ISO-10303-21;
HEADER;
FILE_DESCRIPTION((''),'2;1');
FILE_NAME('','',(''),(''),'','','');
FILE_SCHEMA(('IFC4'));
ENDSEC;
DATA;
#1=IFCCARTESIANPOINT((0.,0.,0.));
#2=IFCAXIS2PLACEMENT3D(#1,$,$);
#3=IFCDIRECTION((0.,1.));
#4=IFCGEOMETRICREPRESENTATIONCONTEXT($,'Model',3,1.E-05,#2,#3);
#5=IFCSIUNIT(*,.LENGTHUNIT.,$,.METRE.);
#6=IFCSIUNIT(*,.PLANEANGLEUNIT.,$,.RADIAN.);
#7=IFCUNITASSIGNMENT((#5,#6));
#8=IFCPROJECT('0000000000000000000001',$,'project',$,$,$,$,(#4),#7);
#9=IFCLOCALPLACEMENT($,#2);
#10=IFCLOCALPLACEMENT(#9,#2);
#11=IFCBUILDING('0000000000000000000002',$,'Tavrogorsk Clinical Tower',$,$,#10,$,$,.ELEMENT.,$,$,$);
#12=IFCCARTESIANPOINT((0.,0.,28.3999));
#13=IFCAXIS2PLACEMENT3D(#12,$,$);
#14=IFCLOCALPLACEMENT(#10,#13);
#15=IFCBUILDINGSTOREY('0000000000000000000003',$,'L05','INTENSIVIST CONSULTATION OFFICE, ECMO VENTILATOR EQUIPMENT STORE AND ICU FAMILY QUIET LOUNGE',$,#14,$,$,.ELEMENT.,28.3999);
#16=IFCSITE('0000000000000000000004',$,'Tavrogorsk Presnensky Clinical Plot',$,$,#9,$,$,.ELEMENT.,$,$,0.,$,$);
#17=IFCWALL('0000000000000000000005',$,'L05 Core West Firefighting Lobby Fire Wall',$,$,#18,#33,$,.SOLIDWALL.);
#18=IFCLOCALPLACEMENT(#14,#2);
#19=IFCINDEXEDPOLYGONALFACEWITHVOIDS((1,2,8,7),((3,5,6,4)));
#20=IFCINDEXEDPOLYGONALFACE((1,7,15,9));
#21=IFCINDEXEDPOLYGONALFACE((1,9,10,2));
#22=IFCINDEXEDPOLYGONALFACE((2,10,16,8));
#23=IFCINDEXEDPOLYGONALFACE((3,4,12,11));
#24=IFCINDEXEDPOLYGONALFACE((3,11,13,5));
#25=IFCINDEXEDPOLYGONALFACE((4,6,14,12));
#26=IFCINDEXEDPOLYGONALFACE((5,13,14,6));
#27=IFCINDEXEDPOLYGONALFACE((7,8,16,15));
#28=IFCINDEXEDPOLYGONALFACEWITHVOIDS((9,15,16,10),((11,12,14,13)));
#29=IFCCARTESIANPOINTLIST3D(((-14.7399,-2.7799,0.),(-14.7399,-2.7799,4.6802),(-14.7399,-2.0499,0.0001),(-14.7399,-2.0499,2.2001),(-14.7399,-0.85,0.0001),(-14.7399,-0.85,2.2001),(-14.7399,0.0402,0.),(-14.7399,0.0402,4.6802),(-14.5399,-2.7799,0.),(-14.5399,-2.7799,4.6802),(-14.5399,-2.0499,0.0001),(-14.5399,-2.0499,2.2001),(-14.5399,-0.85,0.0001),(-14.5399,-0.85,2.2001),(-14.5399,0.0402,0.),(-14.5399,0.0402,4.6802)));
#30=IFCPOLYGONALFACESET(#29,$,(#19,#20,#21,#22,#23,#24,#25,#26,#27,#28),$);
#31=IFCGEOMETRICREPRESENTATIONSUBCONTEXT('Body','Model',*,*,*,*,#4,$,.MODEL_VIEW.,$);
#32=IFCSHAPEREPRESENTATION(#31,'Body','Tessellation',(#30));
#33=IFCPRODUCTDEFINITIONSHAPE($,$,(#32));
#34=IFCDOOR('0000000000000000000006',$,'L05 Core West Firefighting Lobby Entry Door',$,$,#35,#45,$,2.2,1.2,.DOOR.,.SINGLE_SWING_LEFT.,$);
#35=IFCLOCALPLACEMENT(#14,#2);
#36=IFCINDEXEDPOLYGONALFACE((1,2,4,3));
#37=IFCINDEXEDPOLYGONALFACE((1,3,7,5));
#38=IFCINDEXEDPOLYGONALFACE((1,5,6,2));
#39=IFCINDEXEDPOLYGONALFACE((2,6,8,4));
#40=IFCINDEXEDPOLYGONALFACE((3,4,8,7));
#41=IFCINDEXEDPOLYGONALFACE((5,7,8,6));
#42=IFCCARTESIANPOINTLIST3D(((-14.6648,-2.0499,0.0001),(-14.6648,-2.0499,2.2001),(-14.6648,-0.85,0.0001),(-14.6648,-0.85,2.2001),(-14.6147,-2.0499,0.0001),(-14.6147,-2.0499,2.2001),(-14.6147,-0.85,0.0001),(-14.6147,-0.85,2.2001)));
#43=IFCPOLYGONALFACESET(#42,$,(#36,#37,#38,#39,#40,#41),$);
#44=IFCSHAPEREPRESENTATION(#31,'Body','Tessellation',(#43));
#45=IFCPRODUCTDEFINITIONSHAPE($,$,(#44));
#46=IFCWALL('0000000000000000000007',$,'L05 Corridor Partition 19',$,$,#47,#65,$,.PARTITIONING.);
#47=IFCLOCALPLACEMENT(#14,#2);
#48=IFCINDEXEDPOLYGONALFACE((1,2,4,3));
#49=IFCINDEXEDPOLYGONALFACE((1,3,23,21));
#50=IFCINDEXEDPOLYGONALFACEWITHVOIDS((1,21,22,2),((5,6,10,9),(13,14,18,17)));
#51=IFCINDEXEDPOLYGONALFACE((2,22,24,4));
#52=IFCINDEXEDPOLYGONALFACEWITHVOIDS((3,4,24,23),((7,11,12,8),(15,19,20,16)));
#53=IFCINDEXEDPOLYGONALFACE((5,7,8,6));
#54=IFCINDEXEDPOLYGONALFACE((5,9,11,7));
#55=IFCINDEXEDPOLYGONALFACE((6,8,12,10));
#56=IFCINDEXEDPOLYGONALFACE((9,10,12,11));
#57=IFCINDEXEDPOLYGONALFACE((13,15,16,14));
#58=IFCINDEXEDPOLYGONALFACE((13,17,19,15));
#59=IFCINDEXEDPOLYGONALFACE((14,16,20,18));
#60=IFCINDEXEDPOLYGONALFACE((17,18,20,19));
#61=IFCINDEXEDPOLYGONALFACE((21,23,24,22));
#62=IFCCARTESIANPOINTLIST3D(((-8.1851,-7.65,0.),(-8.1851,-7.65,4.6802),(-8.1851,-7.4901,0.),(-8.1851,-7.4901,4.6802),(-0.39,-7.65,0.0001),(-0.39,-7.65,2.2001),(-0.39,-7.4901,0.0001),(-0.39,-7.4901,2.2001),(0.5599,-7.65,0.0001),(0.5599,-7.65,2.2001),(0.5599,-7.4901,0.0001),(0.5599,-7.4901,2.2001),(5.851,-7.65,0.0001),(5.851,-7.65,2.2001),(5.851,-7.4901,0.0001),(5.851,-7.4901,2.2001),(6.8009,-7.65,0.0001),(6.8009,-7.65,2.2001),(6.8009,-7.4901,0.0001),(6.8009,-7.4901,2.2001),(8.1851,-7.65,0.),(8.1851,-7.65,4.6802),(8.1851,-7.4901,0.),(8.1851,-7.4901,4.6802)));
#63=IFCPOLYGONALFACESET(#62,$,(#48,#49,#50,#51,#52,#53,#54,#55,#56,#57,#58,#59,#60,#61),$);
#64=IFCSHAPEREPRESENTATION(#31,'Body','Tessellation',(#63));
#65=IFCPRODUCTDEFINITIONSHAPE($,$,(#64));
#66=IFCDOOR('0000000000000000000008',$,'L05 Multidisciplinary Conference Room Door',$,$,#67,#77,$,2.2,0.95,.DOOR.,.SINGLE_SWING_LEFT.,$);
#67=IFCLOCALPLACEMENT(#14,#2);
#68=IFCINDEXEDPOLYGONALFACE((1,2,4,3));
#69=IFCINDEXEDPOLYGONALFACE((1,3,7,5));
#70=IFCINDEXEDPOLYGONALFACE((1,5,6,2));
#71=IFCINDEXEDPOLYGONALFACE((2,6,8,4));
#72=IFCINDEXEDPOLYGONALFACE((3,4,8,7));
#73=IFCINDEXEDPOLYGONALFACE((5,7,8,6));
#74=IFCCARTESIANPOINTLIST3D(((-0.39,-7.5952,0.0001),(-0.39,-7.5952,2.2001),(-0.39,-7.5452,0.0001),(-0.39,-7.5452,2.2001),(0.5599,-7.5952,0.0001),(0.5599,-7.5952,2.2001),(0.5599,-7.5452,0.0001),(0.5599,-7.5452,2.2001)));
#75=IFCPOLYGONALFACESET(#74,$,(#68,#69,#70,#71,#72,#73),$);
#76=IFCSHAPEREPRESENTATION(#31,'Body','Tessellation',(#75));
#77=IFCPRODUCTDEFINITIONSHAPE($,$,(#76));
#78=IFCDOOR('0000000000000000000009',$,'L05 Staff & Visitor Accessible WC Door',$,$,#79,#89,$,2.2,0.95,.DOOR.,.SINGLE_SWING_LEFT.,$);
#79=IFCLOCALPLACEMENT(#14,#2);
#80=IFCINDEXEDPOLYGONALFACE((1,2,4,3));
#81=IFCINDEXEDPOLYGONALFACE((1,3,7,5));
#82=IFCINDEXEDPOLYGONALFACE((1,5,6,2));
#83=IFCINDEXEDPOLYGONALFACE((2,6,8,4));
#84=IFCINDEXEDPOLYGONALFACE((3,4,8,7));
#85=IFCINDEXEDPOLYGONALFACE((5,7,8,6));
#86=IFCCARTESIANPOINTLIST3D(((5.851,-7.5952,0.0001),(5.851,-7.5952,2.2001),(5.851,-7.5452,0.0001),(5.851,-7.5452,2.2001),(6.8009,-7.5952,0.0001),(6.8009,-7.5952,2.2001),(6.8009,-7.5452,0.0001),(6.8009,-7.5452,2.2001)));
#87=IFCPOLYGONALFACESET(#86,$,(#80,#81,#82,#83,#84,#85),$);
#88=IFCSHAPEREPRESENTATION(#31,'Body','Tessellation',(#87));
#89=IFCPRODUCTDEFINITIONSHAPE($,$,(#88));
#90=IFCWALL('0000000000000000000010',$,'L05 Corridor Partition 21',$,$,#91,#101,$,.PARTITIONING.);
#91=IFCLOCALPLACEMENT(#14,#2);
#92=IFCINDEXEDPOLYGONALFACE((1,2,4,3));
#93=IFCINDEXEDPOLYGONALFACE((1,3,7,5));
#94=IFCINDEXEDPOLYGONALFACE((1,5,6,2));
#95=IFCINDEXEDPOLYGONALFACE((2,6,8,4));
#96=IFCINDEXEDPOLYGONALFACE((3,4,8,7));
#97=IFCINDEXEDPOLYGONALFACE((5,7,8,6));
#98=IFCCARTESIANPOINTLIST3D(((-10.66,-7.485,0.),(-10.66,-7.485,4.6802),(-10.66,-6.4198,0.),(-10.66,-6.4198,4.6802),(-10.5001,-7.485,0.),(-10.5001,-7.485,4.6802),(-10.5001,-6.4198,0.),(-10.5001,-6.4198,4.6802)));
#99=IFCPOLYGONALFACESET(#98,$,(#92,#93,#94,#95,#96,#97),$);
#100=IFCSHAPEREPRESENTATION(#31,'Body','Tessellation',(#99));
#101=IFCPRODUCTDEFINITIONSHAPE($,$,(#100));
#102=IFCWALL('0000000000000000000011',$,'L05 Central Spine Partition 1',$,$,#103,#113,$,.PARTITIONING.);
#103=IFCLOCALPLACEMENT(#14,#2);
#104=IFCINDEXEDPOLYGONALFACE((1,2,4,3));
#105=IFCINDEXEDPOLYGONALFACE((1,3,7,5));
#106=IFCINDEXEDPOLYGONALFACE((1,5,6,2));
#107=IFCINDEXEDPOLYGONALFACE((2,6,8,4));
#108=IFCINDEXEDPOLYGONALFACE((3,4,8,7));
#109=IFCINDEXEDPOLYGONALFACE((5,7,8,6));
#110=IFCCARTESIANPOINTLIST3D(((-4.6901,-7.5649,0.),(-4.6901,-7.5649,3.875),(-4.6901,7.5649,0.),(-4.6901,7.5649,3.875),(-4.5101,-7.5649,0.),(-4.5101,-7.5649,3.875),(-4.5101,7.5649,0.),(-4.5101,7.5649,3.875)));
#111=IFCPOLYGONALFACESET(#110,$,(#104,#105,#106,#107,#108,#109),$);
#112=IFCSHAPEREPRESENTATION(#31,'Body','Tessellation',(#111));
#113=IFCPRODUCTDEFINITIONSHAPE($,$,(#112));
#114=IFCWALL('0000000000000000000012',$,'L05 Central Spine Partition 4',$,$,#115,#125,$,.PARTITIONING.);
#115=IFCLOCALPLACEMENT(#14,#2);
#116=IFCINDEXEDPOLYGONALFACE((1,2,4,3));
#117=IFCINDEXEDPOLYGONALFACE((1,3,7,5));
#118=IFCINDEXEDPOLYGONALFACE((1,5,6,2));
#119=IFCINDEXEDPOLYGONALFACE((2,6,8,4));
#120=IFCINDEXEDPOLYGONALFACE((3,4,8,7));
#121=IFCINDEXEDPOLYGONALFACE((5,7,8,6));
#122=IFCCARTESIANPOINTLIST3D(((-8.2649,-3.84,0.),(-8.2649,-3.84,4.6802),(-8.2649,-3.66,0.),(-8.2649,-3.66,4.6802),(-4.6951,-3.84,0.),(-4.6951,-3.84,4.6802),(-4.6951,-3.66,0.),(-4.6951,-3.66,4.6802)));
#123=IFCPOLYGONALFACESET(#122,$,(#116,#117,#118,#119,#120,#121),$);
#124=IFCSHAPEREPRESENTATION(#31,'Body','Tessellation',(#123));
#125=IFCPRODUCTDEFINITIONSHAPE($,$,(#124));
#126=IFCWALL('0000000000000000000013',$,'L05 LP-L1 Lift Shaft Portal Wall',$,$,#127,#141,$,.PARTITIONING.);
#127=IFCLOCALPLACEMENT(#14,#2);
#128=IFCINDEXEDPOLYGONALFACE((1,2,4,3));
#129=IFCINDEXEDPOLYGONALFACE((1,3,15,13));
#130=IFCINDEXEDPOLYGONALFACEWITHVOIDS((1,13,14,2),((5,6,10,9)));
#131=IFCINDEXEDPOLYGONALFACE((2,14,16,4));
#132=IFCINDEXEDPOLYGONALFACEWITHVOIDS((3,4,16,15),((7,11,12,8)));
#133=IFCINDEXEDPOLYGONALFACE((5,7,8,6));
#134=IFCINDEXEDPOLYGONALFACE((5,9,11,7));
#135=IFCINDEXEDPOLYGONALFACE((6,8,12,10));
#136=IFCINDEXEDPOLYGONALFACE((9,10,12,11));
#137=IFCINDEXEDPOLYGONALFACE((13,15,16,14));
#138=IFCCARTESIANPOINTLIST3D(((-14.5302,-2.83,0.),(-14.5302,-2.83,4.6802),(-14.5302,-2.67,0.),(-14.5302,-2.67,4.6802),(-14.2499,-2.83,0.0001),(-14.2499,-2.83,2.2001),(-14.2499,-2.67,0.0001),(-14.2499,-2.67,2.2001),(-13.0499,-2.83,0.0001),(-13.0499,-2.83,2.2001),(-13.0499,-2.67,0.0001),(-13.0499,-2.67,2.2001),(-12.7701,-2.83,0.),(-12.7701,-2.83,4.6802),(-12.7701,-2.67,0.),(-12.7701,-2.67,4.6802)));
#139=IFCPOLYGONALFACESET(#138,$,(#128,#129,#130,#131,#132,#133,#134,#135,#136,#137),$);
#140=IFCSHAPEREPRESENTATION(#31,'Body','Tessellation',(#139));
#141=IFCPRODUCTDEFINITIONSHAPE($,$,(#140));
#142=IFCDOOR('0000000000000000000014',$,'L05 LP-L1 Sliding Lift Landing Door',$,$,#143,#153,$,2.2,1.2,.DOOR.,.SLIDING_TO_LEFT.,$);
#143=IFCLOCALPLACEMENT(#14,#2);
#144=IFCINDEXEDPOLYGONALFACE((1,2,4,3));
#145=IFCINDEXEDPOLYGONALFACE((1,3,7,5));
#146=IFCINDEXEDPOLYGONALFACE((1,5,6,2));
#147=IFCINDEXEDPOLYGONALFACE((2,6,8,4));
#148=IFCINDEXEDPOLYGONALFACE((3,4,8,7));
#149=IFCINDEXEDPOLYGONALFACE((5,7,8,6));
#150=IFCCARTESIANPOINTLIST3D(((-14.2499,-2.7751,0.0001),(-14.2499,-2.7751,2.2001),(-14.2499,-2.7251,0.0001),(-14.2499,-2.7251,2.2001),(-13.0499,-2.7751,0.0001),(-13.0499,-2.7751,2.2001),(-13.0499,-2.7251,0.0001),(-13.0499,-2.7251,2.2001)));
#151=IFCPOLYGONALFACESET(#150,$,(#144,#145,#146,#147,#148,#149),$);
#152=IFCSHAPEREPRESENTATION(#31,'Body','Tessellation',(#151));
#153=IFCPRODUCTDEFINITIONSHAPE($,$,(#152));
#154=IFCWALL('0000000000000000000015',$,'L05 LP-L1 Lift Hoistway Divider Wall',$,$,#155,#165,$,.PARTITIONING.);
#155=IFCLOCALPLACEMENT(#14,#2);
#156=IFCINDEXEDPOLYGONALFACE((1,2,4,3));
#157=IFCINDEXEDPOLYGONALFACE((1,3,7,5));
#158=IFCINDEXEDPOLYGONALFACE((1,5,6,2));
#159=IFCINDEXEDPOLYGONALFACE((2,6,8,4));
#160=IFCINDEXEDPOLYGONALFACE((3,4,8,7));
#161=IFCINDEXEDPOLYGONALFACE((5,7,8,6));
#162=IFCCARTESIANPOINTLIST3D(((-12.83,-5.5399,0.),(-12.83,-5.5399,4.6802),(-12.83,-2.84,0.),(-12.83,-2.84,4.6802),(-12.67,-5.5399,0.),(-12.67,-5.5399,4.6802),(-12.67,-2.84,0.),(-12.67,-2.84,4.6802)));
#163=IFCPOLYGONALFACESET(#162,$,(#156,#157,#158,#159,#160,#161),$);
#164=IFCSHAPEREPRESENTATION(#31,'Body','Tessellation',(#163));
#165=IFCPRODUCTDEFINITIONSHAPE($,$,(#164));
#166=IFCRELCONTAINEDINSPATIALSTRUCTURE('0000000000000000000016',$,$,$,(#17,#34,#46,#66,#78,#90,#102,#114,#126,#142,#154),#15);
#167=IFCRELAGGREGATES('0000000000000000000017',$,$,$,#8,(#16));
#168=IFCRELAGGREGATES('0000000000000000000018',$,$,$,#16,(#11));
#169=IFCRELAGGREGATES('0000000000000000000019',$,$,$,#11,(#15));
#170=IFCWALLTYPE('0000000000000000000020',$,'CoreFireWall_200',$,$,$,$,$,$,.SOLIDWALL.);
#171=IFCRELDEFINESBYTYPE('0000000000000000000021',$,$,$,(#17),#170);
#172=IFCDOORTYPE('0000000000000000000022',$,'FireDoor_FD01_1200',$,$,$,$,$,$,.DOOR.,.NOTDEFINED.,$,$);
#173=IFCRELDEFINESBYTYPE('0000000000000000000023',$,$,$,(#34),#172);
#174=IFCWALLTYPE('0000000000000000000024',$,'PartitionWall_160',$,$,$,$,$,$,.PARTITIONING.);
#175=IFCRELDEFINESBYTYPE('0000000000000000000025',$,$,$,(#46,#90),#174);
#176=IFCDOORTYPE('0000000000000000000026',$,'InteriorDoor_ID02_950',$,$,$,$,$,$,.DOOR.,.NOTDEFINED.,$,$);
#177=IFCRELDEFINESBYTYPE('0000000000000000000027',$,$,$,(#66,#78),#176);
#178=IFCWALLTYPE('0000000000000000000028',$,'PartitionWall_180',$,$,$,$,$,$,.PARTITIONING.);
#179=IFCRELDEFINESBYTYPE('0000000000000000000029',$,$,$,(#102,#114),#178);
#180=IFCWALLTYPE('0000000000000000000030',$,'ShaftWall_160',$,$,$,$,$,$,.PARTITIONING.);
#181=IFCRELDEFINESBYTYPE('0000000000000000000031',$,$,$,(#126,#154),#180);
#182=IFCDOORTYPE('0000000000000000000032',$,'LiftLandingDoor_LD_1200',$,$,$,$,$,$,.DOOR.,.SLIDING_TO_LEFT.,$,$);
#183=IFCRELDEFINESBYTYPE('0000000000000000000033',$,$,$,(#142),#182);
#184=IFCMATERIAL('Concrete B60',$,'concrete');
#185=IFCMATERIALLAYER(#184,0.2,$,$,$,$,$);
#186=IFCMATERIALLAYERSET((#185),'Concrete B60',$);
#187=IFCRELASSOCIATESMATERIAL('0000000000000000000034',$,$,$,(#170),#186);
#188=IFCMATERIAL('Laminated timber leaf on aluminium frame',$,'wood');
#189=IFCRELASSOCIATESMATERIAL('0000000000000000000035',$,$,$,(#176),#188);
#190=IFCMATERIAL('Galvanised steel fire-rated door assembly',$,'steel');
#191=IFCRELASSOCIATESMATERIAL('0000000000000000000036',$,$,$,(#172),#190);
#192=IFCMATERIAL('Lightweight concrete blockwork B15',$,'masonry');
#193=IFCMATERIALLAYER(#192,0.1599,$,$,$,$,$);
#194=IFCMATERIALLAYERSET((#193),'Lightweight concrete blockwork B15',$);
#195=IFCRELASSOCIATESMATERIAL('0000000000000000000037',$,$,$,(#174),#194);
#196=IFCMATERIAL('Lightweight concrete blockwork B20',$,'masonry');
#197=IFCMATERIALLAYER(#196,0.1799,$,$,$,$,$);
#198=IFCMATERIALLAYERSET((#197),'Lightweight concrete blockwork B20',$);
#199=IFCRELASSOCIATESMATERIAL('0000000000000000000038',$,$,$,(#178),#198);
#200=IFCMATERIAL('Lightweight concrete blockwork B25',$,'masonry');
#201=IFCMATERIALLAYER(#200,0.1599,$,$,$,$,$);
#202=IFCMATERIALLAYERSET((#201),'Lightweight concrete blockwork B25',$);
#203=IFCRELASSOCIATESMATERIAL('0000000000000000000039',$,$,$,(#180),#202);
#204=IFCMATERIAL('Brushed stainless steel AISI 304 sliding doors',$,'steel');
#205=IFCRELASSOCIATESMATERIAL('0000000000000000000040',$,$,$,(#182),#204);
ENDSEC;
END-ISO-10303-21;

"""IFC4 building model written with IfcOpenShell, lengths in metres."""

from ifc_helpers import new_model, si_unit, direction, frame, frame_2d, origin, place, context, subcontext, project, spatial, rectangle, extrude, material, layer, layer_set, type_object, element, fill, save


model = new_model("IFC4")

# Units and contexts
model_context = context("Model", 3, precision=1e-05, world=origin(), true_north=direction((0.0, 1.0)))
body_context = subcontext(model_context, "Body", "Model", "MODEL_VIEW")
ifc_project = project(units=[si_unit("LENGTHUNIT", "METRE"), si_unit("PLANEANGLEUNIT", "RADIAN")], contexts=[model_context])

# Site, building, storey
site_placement = place(None, origin())
site = spatial("IfcSite", under=ifc_project, at=site_placement, Name="Tavrogorsk Presnensky Clinical Plot", CompositionType="ELEMENT", RefElevation=0.0)
building_placement = place(site_placement, origin())
building = spatial("IfcBuilding", under=site, at=building_placement, Name="Tavrogorsk Clinical Tower", CompositionType="ELEMENT")
storey_placement = place(building_placement, frame((0.0, 0.0, 28.3999)))
storey = spatial("IfcBuildingStorey", under=building, at=storey_placement, Name="L05", Description="INTENSIVIST CONSULTATION OFFICE, ECMO VENTILATOR EQUIPMENT STORE AND ICU FAMILY QUIET LOUNGE", CompositionType="ELEMENT", Elevation=28.3999)

# Wall, opening, door
ifc_material_1 = material(Name="Concrete B60", Category="concrete")
ifc_layer_1 = layer(ifc_material_1, 0.2)
ifc_layer_set_1 = layer_set([ifc_layer_1], Name="Concrete B60")
wall_type_1 = type_object("IfcWallType", Name="CoreFireWall_200", PredefinedType="SOLIDWALL", material=ifc_layer_set_1)
ifc_material_2 = material(Name="Laminated timber leaf on aluminium frame", Category="wood")
door_type_1 = type_object("IfcDoorType", Name="InteriorDoor_ID02_950", OperationType="NOTDEFINED", PredefinedType="DOOR", material=ifc_material_2)
wall_1_placement = place(storey_placement, frame((-14.6399, -2.78, 0.0), z_axis=(0.0, 0.0, 1.0), x_axis=(0.0, 1.0, 0.0)))
wall_1 = element("IfcWall", 1, at=wall_1_placement, inside=storey, type_object=wall_type_1, Name="L05 Core West Firefighting Lobby Fire Wall", PredefinedType="SOLIDWALL", context=body_context, shape_type="SweptSolid", body=[
    extrude(rectangle(XDim=2.8201, YDim=0.2, at=frame_2d((1.4102, 0.0))), origin(), (0.0, 0.0, 1.0), 4.6802),
])
opening_1_placement = place(wall_1_placement, frame((0.73, 0.0, 0.0)))
opening_1 = element("IfcOpeningElement", 2, at=opening_1_placement, cuts=wall_1, PredefinedType="OPENING", context=body_context, shape_type="SweptSolid", body=[
    extrude(rectangle(XDim=1.2, YDim=2.2, at=frame_2d((0.6001, 1.1001))), frame((0.0, 0.1099, 0.0), z_axis=(0.0, -1.0, 0.0), x_axis=(1.0, 0.0, 0.0)), (0.0, 0.0, 1.0), 0.22),
])
ifc_material_3 = material(Name="Galvanised steel fire-rated door assembly", Category="steel")
door_type_2 = type_object("IfcDoorType", Name="FireDoor_FD01_1200", OperationType="NOTDEFINED", PredefinedType="DOOR", material=ifc_material_3)
door_1_placement = place(opening_1_placement, origin())
door_1 = element("IfcDoor", 3, at=door_1_placement, inside=storey, type_object=door_type_2, Name="L05 Core West Firefighting Lobby Entry Door", OperationType="SINGLE_SWING_LEFT", OverallHeight=2.2, OverallWidth=1.2, PredefinedType="DOOR", context=body_context, shape_type="SweptSolid", body=[
    extrude(rectangle(XDim=1.2, YDim=2.2, at=frame_2d((0.6001, 1.1001))), frame((0.0, 0.0249, 0.0), z_axis=(0.0, -1.0, 0.0), x_axis=(1.0, 0.0, 0.0)), (0.0, 0.0, 1.0), 0.05),
])
fill(opening_1, door_1)

# Wall, openings, doors
ifc_material_4 = material(Name="Lightweight concrete blockwork B15", Category="masonry")
ifc_layer_2 = layer(ifc_material_4, 0.1599)
ifc_layer_set_2 = layer_set([ifc_layer_2], Name="Lightweight concrete blockwork B15")
wall_type_2 = type_object("IfcWallType", Name="PartitionWall_160", PredefinedType="PARTITIONING", material=ifc_layer_set_2)
wall_2_placement = place(storey_placement, frame((-8.1851, -7.5701, 0.0), z_axis=(0.0, 0.0, 1.0), x_axis=(1.0, 0.0, 0.0)))
wall_2 = element("IfcWall", 4, at=wall_2_placement, inside=storey, type_object=wall_type_2, Name="L05 Corridor Partition 19", PredefinedType="PARTITIONING", context=body_context, shape_type="SweptSolid", body=[
    extrude(rectangle(XDim=16.3701, YDim=0.1599, at=frame_2d((8.1851, 0.0))), origin(), (0.0, 0.0, 1.0), 4.6802),
])
opening_2_placement = place(wall_2_placement, frame((7.7949, 0.0, 0.0)))
opening_2 = element("IfcOpeningElement", 5, at=opening_2_placement, cuts=wall_2, PredefinedType="OPENING", context=body_context, shape_type="SweptSolid", body=[
    extrude(rectangle(XDim=0.95, YDim=2.2, at=frame_2d((0.4751, 1.1001))), frame((0.0, 0.0898, 0.0), z_axis=(0.0, -1.0, 0.0), x_axis=(1.0, 0.0, 0.0)), (0.0, 0.0, 1.0), 0.1799),
])
opening_3_placement = place(wall_2_placement, frame((14.0359, 0.0, 0.0)))
opening_3 = element("IfcOpeningElement", 6, at=opening_3_placement, cuts=wall_2, PredefinedType="OPENING", context=body_context, shape_type="SweptSolid", body=[
    extrude(rectangle(XDim=0.95, YDim=2.2, at=frame_2d((0.4751, 1.1001))), frame((0.0, 0.0898, 0.0), z_axis=(0.0, -1.0, 0.0), x_axis=(1.0, 0.0, 0.0)), (0.0, 0.0, 1.0), 0.1799),
])
door_2_placement = place(opening_2_placement, origin())
door_2 = element("IfcDoor", 7, at=door_2_placement, inside=storey, type_object=door_type_1, Name="L05 Multidisciplinary Conference Room Door", OperationType="SINGLE_SWING_LEFT", OverallHeight=2.2, OverallWidth=0.95, PredefinedType="DOOR", context=body_context, shape_type="SweptSolid", body=[
    extrude(rectangle(XDim=0.95, YDim=2.2, at=frame_2d((0.4751, 1.1001))), frame((0.0, 0.0249, 0.0), z_axis=(0.0, -1.0, 0.0), x_axis=(1.0, 0.0, 0.0)), (0.0, 0.0, 1.0), 0.05),
])
fill(opening_2, door_2)
door_3_placement = place(opening_3_placement, origin())
door_3 = element("IfcDoor", 8, at=door_3_placement, inside=storey, type_object=door_type_1, Name="L05 Staff & Visitor Accessible WC Door", OperationType="SINGLE_SWING_LEFT", OverallHeight=2.2, OverallWidth=0.95, PredefinedType="DOOR", context=body_context, shape_type="SweptSolid", body=[
    extrude(rectangle(XDim=0.95, YDim=2.2, at=frame_2d((0.4751, 1.1001))), frame((0.0, 0.0249, 0.0), z_axis=(0.0, -1.0, 0.0), x_axis=(1.0, 0.0, 0.0)), (0.0, 0.0, 1.0), 0.05),
])
fill(opening_3, door_3)

# Walls
wall_3_placement = place(storey_placement, frame((-10.5801, -7.4851, 0.0), z_axis=(0.0, 0.0, 1.0), x_axis=(0.0, 1.0, 0.0)))
element("IfcWall", 9, at=wall_3_placement, inside=storey, type_object=wall_type_2, Name="L05 Corridor Partition 21", PredefinedType="PARTITIONING", context=body_context, shape_type="SweptSolid", body=[
    extrude(rectangle(XDim=1.0652, YDim=0.1599, at=frame_2d((0.5327, 0.0))), origin(), (0.0, 0.0, 1.0), 4.6802),
])
ifc_material_5 = material(Name="Lightweight concrete blockwork B20", Category="masonry")
ifc_layer_3 = layer(ifc_material_5, 0.1799)
ifc_layer_set_3 = layer_set([ifc_layer_3], Name="Lightweight concrete blockwork B20")
wall_type_3 = type_object("IfcWallType", Name="PartitionWall_180", PredefinedType="PARTITIONING", material=ifc_layer_set_3)
wall_4_placement = place(storey_placement, frame((-4.6001, -7.5649, 0.0), z_axis=(0.0, 0.0, 1.0), x_axis=(0.0, 1.0, 0.0)))
element("IfcWall", 10, at=wall_4_placement, inside=storey, type_object=wall_type_3, Name="L05 Central Spine Partition 1", PredefinedType="PARTITIONING", context=body_context, shape_type="SweptSolid", body=[
    extrude(rectangle(XDim=15.1299, YDim=0.1799, at=frame_2d((7.5649, 0.0))), origin(), (0.0, 0.0, 1.0), 3.875),
])
wall_5_placement = place(storey_placement, frame((-8.2649, -3.75, 0.0), z_axis=(0.0, 0.0, 1.0), x_axis=(1.0, 0.0, 0.0)))
element("IfcWall", 11, at=wall_5_placement, inside=storey, type_object=wall_type_3, Name="L05 Central Spine Partition 4", PredefinedType="PARTITIONING", context=body_context, shape_type="SweptSolid", body=[
    extrude(rectangle(XDim=3.5698, YDim=0.1799, at=frame_2d((1.7849, 0.0))), origin(), (0.0, 0.0, 1.0), 4.6802),
])

# Wall, opening, door
ifc_material_6 = material(Name="Lightweight concrete blockwork B25", Category="masonry")
ifc_layer_4 = layer(ifc_material_6, 0.1599)
ifc_layer_set_4 = layer_set([ifc_layer_4], Name="Lightweight concrete blockwork B25")
wall_type_4 = type_object("IfcWallType", Name="ShaftWall_160", PredefinedType="PARTITIONING", material=ifc_layer_set_4)
wall_6_placement = place(storey_placement, frame((-14.53, -2.75, 0.0), z_axis=(0.0, 0.0, 1.0), x_axis=(1.0, 0.0, 0.0)))
wall_6 = element("IfcWall", 12, at=wall_6_placement, inside=storey, type_object=wall_type_4, Name="L05 LP-L1 Lift Shaft Portal Wall", PredefinedType="PARTITIONING", context=body_context, shape_type="SweptSolid", body=[
    extrude(rectangle(XDim=1.76, YDim=0.1599, at=frame_2d((0.8799, 0.0))), origin(), (0.0, 0.0, 1.0), 4.6802),
])
opening_4_placement = place(wall_6_placement, frame((0.28, 0.0, 0.0)))
opening_4 = element("IfcOpeningElement", 13, at=opening_4_placement, cuts=wall_6, PredefinedType="OPENING", context=body_context, shape_type="SweptSolid", body=[
    extrude(rectangle(XDim=1.2, YDim=2.2, at=frame_2d((0.6001, 1.1001))), frame((0.0, 0.0898, 0.0), z_axis=(0.0, -1.0, 0.0), x_axis=(1.0, 0.0, 0.0)), (0.0, 0.0, 1.0), 0.1799),
])
ifc_material_7 = material(Name="Brushed stainless steel AISI 304 sliding doors", Category="steel")
door_type_3 = type_object("IfcDoorType", Name="LiftLandingDoor_LD_1200", OperationType="SLIDING_TO_LEFT", PredefinedType="DOOR", material=ifc_material_7)
door_4_placement = place(opening_4_placement, origin())
door_4 = element("IfcDoor", 14, at=door_4_placement, inside=storey, type_object=door_type_3, Name="L05 LP-L1 Sliding Lift Landing Door", OperationType="SLIDING_TO_LEFT", OverallHeight=2.2, OverallWidth=1.2, PredefinedType="DOOR", context=body_context, shape_type="SweptSolid", body=[
    extrude(rectangle(XDim=1.2, YDim=2.2, at=frame_2d((0.6001, 1.1001))), frame((0.0, 0.0249, 0.0), z_axis=(0.0, -1.0, 0.0), x_axis=(1.0, 0.0, 0.0)), (0.0, 0.0, 1.0), 0.05),
])
fill(opening_4, door_4)

# Wall
for number, where, z_axis, x_axis, name in (
    (15, (-12.75, -5.54, 0.0), (0.0, 0.0, 1.0), (0.0, 1.0, 0.0), "L05 LP-L1 Lift Hoistway Divider Wall"),
):
    element("IfcWall", number, at=place(storey_placement, frame(where, z_axis=z_axis, x_axis=x_axis)), inside=storey, type_object=wall_type_4, Name=name, PredefinedType="PARTITIONING", context=body_context, shape_type="SweptSolid", body=[
        extrude(rectangle(XDim=2.7, YDim=0.1599, at=frame_2d((1.3501, 0.0))), origin(), (0.0, 0.0, 1.0), 4.6802),
    ])

save(model, "model.ifc")
